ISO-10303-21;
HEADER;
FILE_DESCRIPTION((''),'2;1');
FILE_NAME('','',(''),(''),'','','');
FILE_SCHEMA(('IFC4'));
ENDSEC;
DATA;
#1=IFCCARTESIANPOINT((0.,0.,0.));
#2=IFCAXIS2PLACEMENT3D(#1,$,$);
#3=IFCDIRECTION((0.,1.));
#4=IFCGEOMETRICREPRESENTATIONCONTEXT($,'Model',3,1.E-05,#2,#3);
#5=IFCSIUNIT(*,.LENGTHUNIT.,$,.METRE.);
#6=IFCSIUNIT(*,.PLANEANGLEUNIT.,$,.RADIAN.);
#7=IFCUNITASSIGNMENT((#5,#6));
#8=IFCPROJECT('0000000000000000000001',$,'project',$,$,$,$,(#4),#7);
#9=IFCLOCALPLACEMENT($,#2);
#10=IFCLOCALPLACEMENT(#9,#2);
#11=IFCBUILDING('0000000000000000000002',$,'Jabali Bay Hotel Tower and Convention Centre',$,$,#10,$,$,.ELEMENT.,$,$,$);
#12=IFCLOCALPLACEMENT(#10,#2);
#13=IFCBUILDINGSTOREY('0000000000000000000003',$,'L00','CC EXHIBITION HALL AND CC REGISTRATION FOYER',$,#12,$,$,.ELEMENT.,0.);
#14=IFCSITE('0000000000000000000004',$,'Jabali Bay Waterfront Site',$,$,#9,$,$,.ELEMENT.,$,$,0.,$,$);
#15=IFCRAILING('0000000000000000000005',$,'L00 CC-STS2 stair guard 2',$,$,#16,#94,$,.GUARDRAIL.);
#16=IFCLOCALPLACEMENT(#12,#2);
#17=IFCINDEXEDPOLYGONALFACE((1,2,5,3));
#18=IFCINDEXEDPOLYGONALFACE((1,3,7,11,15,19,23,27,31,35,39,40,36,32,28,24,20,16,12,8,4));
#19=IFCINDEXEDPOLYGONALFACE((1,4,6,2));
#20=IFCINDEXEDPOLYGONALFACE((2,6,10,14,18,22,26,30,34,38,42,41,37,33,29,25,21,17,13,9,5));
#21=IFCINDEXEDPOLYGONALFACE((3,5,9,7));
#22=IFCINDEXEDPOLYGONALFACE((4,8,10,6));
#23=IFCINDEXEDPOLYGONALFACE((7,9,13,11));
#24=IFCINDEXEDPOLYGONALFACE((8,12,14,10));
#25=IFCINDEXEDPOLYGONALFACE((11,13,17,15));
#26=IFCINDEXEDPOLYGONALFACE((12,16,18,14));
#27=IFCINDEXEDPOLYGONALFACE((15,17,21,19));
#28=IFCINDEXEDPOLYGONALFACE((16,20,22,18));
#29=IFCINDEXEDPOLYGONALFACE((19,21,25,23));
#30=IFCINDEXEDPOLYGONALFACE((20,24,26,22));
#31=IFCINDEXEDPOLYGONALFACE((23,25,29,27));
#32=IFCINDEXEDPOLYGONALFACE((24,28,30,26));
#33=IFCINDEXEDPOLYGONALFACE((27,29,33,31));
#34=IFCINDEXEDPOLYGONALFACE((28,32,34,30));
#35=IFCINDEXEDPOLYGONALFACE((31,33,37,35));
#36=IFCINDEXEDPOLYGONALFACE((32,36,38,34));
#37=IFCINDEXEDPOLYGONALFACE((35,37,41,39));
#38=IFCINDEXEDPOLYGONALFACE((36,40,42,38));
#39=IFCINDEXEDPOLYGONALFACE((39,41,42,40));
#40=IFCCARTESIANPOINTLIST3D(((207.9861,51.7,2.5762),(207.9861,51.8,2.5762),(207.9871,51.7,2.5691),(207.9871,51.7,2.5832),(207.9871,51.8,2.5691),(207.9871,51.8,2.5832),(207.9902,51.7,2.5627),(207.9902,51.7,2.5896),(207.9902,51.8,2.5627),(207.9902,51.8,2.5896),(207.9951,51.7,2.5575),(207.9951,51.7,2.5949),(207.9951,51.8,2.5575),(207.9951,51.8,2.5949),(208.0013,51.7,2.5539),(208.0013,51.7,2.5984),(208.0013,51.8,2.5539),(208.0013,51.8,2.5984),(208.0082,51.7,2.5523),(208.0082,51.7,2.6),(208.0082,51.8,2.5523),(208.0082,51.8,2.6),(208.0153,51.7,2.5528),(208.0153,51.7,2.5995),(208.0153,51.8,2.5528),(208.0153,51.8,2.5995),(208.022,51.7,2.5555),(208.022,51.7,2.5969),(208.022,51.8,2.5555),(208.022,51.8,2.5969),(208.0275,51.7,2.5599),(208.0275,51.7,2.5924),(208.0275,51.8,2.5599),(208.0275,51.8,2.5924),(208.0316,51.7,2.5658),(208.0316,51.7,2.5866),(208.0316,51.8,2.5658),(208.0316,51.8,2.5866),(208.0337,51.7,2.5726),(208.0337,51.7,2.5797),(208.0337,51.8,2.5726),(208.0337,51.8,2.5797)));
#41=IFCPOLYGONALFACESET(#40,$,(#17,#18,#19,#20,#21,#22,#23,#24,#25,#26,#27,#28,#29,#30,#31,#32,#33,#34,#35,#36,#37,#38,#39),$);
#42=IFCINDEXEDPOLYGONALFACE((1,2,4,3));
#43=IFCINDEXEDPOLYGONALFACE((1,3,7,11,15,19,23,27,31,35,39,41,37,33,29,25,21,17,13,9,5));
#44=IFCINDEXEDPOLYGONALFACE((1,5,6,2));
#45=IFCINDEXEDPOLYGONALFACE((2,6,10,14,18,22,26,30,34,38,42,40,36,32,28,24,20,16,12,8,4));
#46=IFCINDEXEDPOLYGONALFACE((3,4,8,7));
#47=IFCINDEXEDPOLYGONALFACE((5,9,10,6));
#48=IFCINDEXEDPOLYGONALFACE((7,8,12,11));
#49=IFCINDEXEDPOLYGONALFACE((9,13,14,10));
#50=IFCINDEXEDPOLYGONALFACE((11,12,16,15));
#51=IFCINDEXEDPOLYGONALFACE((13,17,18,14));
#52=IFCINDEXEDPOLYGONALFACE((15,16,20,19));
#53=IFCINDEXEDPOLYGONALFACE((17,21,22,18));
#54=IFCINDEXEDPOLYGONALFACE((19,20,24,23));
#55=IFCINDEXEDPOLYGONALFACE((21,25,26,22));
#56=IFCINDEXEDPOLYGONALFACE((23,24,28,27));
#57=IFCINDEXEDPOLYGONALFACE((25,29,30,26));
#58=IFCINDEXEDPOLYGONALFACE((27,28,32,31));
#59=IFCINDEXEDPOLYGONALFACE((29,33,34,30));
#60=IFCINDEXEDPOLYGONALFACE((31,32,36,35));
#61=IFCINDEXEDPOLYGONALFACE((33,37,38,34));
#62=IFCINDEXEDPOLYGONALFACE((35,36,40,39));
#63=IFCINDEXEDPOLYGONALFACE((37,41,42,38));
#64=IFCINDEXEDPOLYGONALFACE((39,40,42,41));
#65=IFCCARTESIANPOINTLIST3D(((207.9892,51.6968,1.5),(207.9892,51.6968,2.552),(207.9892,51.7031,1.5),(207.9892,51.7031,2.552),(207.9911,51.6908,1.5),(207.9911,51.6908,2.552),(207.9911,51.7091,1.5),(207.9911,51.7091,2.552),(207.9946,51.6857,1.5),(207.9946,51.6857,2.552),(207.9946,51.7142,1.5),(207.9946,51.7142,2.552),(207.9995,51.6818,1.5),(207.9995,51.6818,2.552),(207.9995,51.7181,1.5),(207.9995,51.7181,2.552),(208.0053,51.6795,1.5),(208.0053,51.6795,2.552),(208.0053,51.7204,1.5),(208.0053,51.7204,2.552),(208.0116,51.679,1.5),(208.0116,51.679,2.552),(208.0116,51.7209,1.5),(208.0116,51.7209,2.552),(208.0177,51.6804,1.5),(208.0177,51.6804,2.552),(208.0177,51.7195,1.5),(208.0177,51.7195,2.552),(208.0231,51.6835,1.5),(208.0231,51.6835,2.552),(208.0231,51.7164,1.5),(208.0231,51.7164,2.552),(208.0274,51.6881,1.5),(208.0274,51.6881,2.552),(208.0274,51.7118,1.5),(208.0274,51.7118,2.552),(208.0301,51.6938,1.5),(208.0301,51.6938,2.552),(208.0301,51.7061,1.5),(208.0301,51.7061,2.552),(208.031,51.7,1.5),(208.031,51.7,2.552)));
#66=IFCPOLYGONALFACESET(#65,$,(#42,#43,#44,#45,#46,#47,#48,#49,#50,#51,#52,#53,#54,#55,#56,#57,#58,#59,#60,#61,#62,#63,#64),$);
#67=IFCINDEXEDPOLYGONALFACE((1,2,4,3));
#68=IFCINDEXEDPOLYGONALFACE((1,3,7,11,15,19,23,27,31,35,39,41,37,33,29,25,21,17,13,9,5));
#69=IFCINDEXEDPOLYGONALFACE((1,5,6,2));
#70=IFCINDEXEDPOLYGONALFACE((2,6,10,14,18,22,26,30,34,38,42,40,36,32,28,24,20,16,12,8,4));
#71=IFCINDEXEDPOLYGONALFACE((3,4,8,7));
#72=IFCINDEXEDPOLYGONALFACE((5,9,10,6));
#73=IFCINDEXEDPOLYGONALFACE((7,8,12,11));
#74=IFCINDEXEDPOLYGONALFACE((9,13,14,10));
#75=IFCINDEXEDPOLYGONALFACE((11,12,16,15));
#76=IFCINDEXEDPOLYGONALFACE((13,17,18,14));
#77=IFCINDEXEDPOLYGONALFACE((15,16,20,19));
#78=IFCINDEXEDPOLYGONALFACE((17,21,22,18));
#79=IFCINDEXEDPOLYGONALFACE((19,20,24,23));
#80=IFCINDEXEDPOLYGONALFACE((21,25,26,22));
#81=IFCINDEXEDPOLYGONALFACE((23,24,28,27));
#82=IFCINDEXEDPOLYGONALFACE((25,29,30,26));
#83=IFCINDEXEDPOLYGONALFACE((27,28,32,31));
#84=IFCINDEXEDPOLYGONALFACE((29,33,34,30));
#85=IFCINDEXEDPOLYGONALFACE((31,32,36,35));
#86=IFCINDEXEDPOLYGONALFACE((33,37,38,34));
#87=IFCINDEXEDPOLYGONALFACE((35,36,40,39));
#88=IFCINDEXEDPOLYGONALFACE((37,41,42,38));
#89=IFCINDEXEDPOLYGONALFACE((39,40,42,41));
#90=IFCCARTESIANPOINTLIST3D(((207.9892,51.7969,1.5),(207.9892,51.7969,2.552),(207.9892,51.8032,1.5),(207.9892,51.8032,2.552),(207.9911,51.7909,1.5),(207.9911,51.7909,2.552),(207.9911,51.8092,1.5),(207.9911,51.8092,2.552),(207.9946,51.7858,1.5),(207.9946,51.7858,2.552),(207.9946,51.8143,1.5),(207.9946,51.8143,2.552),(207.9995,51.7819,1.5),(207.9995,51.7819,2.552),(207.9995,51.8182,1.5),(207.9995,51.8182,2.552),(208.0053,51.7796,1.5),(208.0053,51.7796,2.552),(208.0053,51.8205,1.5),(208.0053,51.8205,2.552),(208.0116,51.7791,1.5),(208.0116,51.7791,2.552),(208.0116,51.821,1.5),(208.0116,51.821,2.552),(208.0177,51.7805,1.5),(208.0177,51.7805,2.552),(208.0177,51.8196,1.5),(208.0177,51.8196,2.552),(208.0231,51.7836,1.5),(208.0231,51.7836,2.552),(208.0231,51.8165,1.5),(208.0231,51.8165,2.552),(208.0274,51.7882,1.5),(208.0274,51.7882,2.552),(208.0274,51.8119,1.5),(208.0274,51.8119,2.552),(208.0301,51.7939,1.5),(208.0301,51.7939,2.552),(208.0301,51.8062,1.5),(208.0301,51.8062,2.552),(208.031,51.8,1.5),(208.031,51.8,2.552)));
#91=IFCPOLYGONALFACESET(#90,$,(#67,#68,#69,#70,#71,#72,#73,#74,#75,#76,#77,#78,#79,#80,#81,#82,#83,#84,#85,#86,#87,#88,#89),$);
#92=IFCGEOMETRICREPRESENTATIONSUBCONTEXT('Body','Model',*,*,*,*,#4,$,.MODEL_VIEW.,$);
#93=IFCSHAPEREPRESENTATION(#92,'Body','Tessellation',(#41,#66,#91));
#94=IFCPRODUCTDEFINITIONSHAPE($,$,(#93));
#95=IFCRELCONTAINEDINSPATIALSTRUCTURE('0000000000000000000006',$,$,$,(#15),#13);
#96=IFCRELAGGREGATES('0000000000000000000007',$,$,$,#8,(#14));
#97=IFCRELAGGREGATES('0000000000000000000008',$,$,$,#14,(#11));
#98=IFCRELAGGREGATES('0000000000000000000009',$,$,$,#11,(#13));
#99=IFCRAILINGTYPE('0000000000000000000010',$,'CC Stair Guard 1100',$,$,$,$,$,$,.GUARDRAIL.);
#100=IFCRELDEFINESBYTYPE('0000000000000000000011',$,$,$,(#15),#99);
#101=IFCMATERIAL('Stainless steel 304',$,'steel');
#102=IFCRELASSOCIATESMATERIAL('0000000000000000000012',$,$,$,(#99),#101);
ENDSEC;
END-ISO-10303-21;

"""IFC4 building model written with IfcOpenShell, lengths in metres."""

from ifc_helpers import new_model, si_unit, direction, frame, origin, origin_2d, place, context, subcontext, project, spatial, circle, extrude, material, type_object, element, save


model = new_model("IFC4")

# Units and contexts
model_context = context("Model", 3, precision=1e-05, world=origin(), true_north=direction((0.0, 1.0)))
body_context = subcontext(model_context, "Body", "Model", "MODEL_VIEW")
ifc_project = project(units=[si_unit("LENGTHUNIT", "METRE"), si_unit("PLANEANGLEUNIT", "RADIAN")], contexts=[model_context])

# Site, building, storey
site_placement = place(None, origin())
site = spatial("IfcSite", under=ifc_project, at=site_placement, Name="Jabali Bay Waterfront Site", CompositionType="ELEMENT", RefElevation=0.0)
building_placement = place(site_placement, origin())
building = spatial("IfcBuilding", under=site, at=building_placement, Name="Jabali Bay Hotel Tower and Convention Centre", CompositionType="ELEMENT")
storey_placement = place(building_placement, origin())
storey = spatial("IfcBuildingStorey", under=building, at=storey_placement, Name="L00", Description="CC EXHIBITION HALL AND CC REGISTRATION FOYER", CompositionType="ELEMENT", Elevation=0.0)

# Railing
ifc_material_1 = material(Name="Stainless steel 304", Category="steel")
railing_type_1 = type_object("IfcRailingType", Name="CC Stair Guard 1100", PredefinedType="GUARDRAIL", material=ifc_material_1)
railing_1_placement = place(storey_placement, frame((208.01, 51.7, 1.5)))
element("IfcRailing", 1, at=railing_1_placement, inside=storey, type_object=railing_type_1, Name="L00 CC-STS2 stair guard 2", PredefinedType="GUARDRAIL", context=body_context, shape_type="SweptSolid", body=[
    extrude(circle(Radius=0.0239, at=origin_2d()), frame((0.0, 0.0, 1.0762), z_axis=(0.0, 1.0, 0.0), x_axis=(-1.0, 0.0, 0.0)), (0.0, 0.0, 1.0), 0.1001),
    extrude(circle(Radius=0.021, at=origin_2d()), origin(), (0.0, 0.0, 1.0), 1.052),
    extrude(circle(Radius=0.021, at=origin_2d()), frame((0.0, 0.1001, 0.0)), (0.0, 0.0, 1.0), 1.052),
])

save(model, "model.ifc")
